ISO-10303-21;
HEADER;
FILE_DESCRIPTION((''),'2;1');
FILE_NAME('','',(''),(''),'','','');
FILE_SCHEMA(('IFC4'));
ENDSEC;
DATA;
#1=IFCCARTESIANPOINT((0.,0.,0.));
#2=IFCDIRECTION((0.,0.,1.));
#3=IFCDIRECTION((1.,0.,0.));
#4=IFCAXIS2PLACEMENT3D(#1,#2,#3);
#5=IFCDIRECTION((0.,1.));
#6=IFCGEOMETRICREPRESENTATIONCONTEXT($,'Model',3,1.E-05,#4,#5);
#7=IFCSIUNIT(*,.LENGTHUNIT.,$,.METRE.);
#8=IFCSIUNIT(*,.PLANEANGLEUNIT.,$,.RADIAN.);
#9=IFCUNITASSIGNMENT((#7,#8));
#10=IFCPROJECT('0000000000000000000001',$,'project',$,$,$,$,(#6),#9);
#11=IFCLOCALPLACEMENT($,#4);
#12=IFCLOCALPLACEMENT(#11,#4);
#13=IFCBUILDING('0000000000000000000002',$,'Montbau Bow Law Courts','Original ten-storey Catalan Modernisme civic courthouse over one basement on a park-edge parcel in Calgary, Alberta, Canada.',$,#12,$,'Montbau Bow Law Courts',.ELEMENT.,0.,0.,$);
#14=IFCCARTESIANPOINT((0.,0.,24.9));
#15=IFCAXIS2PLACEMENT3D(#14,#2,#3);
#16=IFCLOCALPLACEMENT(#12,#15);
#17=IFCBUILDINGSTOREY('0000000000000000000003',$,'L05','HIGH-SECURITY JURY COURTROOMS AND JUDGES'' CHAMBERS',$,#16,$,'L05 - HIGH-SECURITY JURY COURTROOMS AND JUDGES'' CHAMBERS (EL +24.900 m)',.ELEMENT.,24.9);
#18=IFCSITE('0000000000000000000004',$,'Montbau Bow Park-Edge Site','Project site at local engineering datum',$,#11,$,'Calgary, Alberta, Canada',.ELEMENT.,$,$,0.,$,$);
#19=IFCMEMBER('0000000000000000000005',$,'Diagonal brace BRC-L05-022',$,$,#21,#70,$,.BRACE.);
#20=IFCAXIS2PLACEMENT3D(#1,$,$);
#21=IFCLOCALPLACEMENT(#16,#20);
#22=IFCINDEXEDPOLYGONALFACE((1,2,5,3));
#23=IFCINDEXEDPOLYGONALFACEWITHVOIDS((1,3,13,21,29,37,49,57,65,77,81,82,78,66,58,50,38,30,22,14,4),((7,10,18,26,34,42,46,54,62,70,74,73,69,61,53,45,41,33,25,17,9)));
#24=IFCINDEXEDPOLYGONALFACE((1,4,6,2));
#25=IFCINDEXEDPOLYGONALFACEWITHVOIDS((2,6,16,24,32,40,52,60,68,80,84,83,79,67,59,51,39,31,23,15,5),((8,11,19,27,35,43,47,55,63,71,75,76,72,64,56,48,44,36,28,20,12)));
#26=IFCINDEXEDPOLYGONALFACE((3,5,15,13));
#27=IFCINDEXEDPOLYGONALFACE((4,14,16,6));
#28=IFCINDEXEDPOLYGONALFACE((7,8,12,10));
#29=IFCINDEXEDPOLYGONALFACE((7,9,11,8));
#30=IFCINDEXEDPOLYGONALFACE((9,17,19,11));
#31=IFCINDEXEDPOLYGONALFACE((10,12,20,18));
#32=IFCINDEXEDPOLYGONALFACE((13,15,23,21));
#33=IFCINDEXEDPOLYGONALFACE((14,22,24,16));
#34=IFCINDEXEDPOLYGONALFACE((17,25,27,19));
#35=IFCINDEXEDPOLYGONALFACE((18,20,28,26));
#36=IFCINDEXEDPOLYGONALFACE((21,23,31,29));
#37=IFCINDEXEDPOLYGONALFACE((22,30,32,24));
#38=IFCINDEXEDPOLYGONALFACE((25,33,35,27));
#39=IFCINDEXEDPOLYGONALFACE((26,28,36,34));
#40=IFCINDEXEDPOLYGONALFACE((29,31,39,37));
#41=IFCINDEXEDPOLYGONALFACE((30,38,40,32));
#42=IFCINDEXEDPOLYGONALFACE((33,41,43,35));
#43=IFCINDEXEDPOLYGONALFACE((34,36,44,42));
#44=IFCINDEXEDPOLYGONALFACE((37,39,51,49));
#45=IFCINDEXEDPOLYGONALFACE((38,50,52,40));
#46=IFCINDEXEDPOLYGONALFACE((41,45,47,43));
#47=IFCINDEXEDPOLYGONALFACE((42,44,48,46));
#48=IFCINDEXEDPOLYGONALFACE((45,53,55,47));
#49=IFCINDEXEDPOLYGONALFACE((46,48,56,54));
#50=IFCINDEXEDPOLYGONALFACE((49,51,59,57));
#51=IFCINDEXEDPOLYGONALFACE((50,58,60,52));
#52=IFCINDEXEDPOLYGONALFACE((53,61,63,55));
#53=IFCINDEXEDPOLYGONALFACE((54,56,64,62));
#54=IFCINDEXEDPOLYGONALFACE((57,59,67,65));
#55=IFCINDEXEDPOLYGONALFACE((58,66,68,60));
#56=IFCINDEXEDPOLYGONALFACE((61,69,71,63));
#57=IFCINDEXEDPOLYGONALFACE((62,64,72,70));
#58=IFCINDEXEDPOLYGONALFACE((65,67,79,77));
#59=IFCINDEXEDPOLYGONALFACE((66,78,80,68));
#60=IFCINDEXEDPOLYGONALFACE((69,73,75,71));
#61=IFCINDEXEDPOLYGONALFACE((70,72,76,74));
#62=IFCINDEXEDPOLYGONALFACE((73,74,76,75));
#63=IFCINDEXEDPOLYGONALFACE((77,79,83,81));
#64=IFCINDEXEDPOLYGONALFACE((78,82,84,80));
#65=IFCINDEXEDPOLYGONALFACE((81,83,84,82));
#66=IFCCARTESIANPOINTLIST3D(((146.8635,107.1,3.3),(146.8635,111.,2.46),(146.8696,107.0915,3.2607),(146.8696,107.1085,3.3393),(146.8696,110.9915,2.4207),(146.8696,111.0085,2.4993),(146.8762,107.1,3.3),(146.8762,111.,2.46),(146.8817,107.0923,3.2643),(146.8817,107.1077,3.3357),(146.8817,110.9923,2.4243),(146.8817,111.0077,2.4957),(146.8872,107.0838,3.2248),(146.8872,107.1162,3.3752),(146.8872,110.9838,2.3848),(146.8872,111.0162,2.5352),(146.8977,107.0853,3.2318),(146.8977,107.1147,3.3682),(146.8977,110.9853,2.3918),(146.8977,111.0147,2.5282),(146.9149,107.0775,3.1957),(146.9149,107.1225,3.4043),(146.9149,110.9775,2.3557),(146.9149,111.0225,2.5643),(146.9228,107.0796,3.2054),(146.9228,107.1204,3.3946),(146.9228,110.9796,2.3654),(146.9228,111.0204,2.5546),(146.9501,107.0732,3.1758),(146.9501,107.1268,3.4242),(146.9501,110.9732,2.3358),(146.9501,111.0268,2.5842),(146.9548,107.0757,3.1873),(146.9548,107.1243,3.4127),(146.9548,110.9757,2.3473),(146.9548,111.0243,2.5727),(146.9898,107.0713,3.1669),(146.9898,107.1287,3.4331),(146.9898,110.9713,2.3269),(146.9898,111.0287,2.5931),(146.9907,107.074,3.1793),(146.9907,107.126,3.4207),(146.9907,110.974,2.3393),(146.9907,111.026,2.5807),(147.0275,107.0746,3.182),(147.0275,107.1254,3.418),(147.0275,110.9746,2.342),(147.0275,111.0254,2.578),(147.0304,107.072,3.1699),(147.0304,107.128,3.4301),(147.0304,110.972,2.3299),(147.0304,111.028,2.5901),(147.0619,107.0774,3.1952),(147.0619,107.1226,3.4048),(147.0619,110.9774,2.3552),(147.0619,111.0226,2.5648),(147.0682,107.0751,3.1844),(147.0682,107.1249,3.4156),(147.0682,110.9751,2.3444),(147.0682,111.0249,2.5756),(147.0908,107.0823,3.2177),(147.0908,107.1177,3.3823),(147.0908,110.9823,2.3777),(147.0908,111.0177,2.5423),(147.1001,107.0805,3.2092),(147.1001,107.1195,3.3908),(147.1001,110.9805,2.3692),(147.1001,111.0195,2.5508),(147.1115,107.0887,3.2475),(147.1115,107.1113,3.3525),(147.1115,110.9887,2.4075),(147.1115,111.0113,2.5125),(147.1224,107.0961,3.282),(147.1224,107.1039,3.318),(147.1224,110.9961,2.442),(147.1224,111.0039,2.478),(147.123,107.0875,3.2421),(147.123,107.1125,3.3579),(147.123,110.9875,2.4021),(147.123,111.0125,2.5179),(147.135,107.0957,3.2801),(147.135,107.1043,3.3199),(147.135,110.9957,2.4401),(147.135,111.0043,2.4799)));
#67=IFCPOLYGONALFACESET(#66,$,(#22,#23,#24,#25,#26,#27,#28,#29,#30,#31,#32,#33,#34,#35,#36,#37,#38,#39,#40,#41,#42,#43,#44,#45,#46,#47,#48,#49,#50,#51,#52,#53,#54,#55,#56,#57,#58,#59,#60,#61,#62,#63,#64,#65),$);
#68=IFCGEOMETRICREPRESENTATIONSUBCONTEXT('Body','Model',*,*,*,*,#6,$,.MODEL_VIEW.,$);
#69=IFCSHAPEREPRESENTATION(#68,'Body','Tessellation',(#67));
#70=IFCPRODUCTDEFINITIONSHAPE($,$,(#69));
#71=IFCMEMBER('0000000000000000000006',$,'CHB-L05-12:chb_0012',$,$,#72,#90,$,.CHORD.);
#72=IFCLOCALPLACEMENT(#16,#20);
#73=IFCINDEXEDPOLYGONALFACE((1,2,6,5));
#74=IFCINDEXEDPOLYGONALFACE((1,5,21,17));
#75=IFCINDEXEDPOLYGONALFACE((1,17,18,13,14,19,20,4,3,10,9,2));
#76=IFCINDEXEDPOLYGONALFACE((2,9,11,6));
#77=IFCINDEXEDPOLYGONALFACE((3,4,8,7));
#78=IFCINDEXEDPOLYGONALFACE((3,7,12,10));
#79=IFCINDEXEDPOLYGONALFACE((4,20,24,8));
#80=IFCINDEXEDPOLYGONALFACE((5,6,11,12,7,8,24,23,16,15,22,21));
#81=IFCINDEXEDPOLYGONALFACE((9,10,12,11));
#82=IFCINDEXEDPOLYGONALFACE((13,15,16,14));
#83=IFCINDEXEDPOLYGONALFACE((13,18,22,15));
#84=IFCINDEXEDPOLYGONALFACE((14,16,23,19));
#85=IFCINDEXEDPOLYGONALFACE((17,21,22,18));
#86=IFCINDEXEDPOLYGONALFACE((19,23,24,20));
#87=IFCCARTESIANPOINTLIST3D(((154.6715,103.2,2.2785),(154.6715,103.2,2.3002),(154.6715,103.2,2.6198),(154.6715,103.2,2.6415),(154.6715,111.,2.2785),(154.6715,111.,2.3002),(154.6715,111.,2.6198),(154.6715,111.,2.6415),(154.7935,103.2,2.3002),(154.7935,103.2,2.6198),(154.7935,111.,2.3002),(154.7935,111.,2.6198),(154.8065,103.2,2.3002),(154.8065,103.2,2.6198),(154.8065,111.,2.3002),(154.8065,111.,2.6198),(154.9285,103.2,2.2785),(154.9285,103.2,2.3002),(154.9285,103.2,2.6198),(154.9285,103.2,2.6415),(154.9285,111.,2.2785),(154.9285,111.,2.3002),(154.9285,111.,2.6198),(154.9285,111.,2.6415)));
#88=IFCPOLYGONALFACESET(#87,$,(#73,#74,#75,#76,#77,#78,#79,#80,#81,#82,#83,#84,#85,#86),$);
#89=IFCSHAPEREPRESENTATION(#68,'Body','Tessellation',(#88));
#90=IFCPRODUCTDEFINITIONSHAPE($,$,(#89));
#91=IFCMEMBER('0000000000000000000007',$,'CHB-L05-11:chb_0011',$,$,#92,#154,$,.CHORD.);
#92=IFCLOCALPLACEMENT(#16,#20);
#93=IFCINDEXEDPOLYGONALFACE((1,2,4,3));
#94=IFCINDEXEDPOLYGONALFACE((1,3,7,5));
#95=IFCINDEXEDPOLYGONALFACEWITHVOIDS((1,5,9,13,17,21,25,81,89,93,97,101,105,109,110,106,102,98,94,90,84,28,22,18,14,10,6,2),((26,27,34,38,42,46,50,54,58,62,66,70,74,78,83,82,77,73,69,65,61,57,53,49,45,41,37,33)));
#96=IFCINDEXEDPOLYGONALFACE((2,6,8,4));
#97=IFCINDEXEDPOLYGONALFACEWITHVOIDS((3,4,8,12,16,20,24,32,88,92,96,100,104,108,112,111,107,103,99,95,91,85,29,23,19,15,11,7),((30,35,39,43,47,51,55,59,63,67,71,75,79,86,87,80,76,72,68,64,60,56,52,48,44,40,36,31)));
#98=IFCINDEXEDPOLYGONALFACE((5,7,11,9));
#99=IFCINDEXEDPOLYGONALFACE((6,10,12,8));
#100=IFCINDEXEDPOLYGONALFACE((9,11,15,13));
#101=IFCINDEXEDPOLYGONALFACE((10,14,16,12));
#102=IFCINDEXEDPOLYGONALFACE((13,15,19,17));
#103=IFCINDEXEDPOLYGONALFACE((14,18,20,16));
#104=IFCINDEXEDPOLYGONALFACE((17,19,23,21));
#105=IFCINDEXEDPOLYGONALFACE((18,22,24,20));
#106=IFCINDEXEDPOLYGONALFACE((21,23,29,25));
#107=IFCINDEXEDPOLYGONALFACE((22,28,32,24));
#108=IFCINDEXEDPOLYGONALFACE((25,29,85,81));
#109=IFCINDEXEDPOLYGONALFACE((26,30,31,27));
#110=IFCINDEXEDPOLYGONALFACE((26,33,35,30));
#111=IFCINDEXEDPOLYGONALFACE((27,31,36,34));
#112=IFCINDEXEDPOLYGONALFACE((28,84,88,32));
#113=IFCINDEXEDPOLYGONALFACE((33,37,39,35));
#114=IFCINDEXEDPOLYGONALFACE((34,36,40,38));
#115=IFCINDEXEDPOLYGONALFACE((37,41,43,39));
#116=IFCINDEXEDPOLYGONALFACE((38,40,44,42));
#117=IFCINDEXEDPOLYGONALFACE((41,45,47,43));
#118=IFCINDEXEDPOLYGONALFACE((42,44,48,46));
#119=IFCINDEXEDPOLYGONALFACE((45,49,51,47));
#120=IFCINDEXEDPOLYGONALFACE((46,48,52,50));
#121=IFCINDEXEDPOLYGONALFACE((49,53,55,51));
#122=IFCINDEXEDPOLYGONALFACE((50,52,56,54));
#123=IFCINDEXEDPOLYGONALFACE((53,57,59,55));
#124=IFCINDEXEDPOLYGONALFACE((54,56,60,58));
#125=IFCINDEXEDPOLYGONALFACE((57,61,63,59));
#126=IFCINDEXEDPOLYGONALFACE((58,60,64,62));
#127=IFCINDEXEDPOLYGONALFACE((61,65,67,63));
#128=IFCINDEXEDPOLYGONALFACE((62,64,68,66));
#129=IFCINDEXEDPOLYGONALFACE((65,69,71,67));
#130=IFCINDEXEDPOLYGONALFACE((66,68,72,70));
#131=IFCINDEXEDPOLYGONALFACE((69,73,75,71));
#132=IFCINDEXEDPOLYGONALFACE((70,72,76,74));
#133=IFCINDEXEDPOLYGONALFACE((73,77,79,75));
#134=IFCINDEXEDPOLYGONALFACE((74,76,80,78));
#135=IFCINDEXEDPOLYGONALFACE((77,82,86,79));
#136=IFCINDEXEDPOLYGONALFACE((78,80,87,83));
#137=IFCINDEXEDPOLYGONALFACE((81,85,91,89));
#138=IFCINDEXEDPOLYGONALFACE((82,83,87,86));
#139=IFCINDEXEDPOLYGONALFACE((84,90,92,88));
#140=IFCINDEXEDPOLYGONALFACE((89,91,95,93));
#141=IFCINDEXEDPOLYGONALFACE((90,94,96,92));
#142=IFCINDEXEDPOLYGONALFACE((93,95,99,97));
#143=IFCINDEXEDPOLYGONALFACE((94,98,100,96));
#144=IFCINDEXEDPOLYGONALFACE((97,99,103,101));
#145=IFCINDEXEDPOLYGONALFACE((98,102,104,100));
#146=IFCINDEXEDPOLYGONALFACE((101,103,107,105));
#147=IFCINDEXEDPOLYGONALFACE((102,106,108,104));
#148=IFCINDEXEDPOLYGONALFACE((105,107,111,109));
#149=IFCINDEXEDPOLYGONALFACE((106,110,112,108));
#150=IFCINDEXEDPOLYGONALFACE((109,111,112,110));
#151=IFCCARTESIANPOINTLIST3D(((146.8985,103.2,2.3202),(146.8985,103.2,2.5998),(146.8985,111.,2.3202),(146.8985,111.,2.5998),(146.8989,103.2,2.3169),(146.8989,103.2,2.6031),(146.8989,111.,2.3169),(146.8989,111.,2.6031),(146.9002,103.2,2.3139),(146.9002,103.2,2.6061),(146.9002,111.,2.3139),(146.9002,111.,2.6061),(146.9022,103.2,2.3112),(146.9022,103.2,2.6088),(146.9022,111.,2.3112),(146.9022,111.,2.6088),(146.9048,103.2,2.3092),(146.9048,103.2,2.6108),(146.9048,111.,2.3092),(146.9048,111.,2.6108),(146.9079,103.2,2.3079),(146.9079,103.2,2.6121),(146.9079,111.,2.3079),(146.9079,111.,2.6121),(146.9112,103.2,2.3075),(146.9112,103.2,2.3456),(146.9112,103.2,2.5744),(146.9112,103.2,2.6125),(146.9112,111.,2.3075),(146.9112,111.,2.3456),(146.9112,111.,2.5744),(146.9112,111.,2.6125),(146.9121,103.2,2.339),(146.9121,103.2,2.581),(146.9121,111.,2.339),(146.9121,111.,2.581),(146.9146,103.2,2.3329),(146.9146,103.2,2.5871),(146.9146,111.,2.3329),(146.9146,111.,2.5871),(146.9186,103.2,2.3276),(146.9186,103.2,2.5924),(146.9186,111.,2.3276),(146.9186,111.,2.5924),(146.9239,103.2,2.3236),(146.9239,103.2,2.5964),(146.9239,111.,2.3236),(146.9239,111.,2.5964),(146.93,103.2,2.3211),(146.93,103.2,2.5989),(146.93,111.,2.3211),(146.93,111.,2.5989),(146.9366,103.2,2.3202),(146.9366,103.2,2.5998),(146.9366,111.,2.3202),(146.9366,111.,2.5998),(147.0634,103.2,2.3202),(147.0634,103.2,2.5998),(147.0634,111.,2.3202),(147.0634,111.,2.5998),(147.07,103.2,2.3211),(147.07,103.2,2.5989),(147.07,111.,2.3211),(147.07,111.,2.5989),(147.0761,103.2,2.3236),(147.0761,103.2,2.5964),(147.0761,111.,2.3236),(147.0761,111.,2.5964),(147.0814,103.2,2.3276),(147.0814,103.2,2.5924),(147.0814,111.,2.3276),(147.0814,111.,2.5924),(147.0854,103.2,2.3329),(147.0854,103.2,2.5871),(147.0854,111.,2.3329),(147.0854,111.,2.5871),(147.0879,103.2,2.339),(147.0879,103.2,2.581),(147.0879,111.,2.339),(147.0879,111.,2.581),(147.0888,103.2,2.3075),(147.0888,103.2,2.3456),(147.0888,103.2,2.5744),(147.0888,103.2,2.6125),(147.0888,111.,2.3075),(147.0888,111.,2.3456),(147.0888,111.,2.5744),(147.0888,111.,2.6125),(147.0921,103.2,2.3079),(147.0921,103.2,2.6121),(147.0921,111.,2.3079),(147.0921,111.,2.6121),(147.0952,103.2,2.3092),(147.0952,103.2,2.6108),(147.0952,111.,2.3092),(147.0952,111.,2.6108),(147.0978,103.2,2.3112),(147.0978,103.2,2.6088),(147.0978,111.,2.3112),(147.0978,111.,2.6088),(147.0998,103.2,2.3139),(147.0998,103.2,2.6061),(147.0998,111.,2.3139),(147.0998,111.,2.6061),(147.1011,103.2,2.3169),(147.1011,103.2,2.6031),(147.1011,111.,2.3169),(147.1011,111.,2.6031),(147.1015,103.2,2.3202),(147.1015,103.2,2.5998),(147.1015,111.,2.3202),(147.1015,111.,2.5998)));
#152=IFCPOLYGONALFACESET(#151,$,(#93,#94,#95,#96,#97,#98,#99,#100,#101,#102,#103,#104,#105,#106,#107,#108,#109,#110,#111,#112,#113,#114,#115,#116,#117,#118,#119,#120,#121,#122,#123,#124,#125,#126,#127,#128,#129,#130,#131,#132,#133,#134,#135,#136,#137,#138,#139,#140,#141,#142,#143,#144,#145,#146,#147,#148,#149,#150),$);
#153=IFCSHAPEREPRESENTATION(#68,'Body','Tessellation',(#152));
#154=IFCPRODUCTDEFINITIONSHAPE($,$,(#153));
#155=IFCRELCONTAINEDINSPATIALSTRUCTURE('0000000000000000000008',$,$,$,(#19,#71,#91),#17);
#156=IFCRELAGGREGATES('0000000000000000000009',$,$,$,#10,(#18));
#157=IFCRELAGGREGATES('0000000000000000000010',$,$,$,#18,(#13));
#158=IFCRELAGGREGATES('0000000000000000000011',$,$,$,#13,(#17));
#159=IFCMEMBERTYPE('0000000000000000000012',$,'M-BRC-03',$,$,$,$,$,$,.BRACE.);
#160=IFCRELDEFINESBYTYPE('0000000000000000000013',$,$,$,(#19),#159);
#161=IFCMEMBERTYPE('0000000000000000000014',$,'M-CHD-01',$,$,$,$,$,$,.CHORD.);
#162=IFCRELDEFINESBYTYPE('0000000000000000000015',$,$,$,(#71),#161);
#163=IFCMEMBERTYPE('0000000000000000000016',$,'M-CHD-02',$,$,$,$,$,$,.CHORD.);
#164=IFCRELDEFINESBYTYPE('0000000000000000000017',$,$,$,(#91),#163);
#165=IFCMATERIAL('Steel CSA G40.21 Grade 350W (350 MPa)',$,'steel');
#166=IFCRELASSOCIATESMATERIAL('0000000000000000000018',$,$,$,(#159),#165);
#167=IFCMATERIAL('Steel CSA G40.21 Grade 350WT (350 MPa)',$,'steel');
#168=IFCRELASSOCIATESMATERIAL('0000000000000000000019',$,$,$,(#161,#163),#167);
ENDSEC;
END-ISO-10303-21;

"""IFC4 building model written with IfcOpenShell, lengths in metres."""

from ifc_helpers import new_model, si_unit, direction, frame, origin_with_axes, origin_2d_with_axis, place, context, subcontext, project, spatial, hollow_rectangle, hollow_circle, i_section, extrude, material, material_profile, profile_set, type_object, element, save


model = new_model("IFC4")

# Units and contexts
model_context = context("Model", 3, precision=1e-05, world=origin_with_axes(), true_north=direction((0.0, 1.0)))
body_context = subcontext(model_context, "Body", "Model", "MODEL_VIEW")
ifc_project = project(units=[si_unit("LENGTHUNIT", "METRE"), si_unit("PLANEANGLEUNIT", "RADIAN")], contexts=[model_context])

# Site, building, storey
site_placement = place(None, origin_with_axes())
site = spatial("IfcSite", under=ifc_project, at=site_placement, Name="Montbau Bow Park-Edge Site", Description="Project site at local engineering datum", LongName="Calgary, Alberta, Canada", CompositionType="ELEMENT", RefElevation=0.0)
building_placement = place(site_placement, origin_with_axes())
building = spatial("IfcBuilding", under=site, at=building_placement, Name="Montbau Bow Law Courts", Description="Original ten-storey Catalan Modernisme civic courthouse over one basement on a park-edge parcel in Calgary, Alberta, Canada.", LongName="Montbau Bow Law Courts", CompositionType="ELEMENT", ElevationOfRefHeight=0.0, ElevationOfTerrain=0.0)
storey_placement = place(building_placement, frame((0.0, 0.0, 24.9), z_axis=(0.0, 0.0, 1.0), x_axis=(1.0, 0.0, 0.0)))
storey = spatial("IfcBuildingStorey", under=building, at=storey_placement, Name="L05", Description="HIGH-SECURITY JURY COURTROOMS AND JUDGES' CHAMBERS", LongName="L05 - HIGH-SECURITY JURY COURTROOMS AND JUDGES' CHAMBERS (EL +24.900 m)", CompositionType="ELEMENT", Elevation=24.9)

# Shared definitions
ifc_material_1 = material(Name="Steel CSA G40.21 Grade 350W (350 MPa)", Category="steel")

# Shared definitions
ifc_material_2 = material(Name="Steel CSA G40.21 Grade 350WT (350 MPa)", Category="steel")

# Members
ifc_material_profile_1 = material_profile(ifc_material_1, hollow_circle(Radius=0.1365, WallThickness=0.0127, at=origin_2d_with_axis()), Name="HSS273X13", Category="Main", Priority=0)
ifc_profile_set_1 = profile_set([ifc_material_profile_1], Name="Steel CSA G40.21 Grade 350W (350 MPa)")
member_type_1 = type_object("IfcMemberType", Name="M-BRC-03", PredefinedType="BRACE", material=ifc_profile_set_1)
for number, where, z_axis, x_axis, name in (
    (1, (147.0, 107.1, 28.2), (0.0, 0.977582, -0.210556), (-1.0, 0.0, 0.0), "Diagonal brace BRC-L05-022"),
):
    element("IfcMember", number, at=place(None, frame(where, z_axis=z_axis, x_axis=x_axis)), inside=storey, type_object=member_type_1, Name=name, PredefinedType="BRACE", context=body_context, shape_type="SweptSolid", body=[
        extrude(hollow_circle(Radius=0.1365, WallThickness=0.0127, at=origin_2d_with_axis()), origin_with_axes(), (0.0, 0.0, 1.0), 3.9894),
    ])
ifc_material_profile_2 = material_profile(ifc_material_2, i_section(OverallWidth=0.257, OverallDepth=0.363, WebThickness=0.013, FlangeThickness=0.0217, at=origin_2d_with_axis()), Name="W360X122", Category="Main", Priority=0)
ifc_profile_set_2 = profile_set([ifc_material_profile_2], Name="Steel CSA G40.21 Grade 350WT (350 MPa)")
member_type_2 = type_object("IfcMemberType", Name="M-CHD-01", PredefinedType="CHORD", material=ifc_profile_set_2)
member_1_placement = place(None, frame((154.8, 103.2, 27.36), z_axis=(0.0, 1.0, 0.0), x_axis=(-1.0, 0.0, 0.0)))
element("IfcMember", 2, at=member_1_placement, inside=storey, type_object=member_type_2, Name="CHB-L05-12:chb_0012", PredefinedType="CHORD", context=body_context, shape_type="SweptSolid", body=[
    extrude(i_section(OverallWidth=0.257, OverallDepth=0.363, WebThickness=0.013, FlangeThickness=0.0217, at=origin_2d_with_axis()), origin_with_axes(), (0.0, 0.0, 1.0), 7.8),
])
ifc_material_profile_3 = material_profile(ifc_material_2, hollow_rectangle(XDim=0.203, YDim=0.305, WallThickness=0.0127, InnerFilletRadius=0.0254, OuterFilletRadius=0.0127, at=origin_2d_with_axis()), Name="HSS305X203X13", Category="Main", Priority=0)
ifc_profile_set_3 = profile_set([ifc_material_profile_3], Name="Steel CSA G40.21 Grade 350WT (350 MPa)")
member_type_3 = type_object("IfcMemberType", Name="M-CHD-02", PredefinedType="CHORD", material=ifc_profile_set_3)
for number, where, z_axis, x_axis, name in (
    (3, (147.0, 103.2, 27.36), (0.0, 1.0, 0.0), (-1.0, 0.0, 0.0), "CHB-L05-11:chb_0011"),
):
    element("IfcMember", number, at=place(None, frame(where, z_axis=z_axis, x_axis=x_axis)), inside=storey, type_object=member_type_3, Name=name, PredefinedType="CHORD", context=body_context, shape_type="SweptSolid", body=[
        extrude(hollow_rectangle(XDim=0.203, YDim=0.305, WallThickness=0.0127, InnerFilletRadius=0.0254, OuterFilletRadius=0.0127, at=origin_2d_with_axis()), origin_with_axes(), (0.0, 0.0, 1.0), 7.8),
    ])

save(model, "model.ifc")
